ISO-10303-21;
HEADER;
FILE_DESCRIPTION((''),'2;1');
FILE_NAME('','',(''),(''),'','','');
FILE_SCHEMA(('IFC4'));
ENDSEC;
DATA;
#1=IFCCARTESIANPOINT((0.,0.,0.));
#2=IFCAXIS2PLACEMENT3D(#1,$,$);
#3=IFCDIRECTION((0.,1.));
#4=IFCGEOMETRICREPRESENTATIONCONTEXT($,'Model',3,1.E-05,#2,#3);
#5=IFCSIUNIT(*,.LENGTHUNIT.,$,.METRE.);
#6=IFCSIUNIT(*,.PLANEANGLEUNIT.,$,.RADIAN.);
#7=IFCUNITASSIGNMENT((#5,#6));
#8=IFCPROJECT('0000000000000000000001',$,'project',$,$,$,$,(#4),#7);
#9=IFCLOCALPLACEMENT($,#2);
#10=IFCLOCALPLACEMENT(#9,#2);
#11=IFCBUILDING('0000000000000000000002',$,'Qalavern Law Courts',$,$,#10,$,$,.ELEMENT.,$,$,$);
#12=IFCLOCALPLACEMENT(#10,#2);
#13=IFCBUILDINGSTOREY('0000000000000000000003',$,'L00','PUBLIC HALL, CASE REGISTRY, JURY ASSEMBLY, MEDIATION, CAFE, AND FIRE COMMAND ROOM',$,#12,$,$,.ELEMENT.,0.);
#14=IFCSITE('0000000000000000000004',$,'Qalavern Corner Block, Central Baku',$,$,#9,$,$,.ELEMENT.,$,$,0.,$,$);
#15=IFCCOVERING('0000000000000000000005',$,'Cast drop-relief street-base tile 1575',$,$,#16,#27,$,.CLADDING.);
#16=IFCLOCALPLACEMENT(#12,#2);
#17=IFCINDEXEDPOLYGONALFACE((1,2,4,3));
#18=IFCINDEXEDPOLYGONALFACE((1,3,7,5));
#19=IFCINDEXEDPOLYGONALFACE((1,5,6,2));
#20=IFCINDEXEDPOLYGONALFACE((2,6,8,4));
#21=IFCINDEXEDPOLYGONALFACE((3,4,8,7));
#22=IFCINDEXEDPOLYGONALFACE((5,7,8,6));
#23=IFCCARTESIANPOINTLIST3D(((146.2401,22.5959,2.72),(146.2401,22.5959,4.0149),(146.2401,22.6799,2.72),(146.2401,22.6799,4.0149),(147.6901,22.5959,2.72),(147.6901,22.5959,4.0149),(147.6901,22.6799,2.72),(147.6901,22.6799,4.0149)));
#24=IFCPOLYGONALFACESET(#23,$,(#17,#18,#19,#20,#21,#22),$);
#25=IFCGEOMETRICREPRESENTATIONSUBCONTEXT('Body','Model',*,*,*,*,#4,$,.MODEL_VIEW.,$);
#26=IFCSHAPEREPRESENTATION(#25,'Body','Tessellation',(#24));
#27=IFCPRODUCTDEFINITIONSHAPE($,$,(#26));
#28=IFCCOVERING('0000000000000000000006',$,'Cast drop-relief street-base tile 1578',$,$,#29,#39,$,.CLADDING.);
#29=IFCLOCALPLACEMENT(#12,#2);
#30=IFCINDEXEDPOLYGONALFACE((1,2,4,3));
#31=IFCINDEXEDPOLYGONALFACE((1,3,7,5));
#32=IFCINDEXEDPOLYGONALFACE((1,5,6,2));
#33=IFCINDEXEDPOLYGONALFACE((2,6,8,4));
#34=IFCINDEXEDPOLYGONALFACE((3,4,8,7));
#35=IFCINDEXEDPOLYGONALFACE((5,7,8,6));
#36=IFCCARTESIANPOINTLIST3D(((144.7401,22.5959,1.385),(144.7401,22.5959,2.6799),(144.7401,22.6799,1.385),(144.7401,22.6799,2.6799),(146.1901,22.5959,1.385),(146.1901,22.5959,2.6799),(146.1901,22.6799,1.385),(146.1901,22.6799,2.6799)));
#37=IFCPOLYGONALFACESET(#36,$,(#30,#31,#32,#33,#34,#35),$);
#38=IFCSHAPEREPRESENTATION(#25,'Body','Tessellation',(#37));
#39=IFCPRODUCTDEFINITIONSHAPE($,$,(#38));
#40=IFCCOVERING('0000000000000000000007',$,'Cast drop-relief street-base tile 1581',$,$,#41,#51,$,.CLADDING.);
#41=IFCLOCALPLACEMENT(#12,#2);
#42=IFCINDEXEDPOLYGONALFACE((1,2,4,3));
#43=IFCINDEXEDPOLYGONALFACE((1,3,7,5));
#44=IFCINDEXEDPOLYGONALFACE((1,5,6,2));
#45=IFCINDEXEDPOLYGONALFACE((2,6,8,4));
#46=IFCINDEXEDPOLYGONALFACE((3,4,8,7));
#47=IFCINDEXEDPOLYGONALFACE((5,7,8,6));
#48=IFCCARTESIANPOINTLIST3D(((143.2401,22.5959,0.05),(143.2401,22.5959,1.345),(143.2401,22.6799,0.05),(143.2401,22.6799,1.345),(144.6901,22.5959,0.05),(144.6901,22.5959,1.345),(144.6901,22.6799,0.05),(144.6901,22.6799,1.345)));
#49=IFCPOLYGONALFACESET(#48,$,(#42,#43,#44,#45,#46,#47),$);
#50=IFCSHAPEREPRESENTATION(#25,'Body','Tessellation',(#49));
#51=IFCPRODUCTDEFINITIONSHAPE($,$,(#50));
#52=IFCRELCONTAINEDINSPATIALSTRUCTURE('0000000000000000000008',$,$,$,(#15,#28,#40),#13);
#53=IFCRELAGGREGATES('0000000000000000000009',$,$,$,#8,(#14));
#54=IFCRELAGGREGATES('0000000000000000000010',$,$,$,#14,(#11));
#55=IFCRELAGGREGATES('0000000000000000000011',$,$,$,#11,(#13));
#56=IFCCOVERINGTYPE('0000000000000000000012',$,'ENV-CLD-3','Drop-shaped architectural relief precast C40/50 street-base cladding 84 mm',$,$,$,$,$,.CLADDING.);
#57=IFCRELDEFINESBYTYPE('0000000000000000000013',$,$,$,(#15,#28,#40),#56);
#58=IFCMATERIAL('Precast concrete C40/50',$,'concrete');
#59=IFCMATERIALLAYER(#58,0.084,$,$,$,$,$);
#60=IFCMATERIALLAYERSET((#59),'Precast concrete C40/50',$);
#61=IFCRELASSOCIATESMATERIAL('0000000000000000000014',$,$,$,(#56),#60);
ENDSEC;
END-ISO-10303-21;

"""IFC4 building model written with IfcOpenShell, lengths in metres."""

from ifc_helpers import new_model, si_unit, direction, frame, origin, origin_2d, place, context, subcontext, project, spatial, rectangle, extrude, material, layer, layer_set, type_object, element, save


model = new_model("IFC4")

# Units and contexts
model_context = context("Model", 3, precision=1e-05, world=origin(), true_north=direction((0.0, 1.0)))
body_context = subcontext(model_context, "Body", "Model", "MODEL_VIEW")
ifc_project = project(units=[si_unit("LENGTHUNIT", "METRE"), si_unit("PLANEANGLEUNIT", "RADIAN")], contexts=[model_context])

# Site, building, storey
site_placement = place(None, origin())
site = spatial("IfcSite", under=ifc_project, at=site_placement, Name="Qalavern Corner Block, Central Baku", CompositionType="ELEMENT", RefElevation=0.0)
building_placement = place(site_placement, origin())
building = spatial("IfcBuilding", under=site, at=building_placement, Name="Qalavern Law Courts", CompositionType="ELEMENT")
storey_placement = place(building_placement, origin())
storey = spatial("IfcBuildingStorey", under=building, at=storey_placement, Name="L00", Description="PUBLIC HALL, CASE REGISTRY, JURY ASSEMBLY, MEDIATION, CAFE, AND FIRE COMMAND ROOM", CompositionType="ELEMENT", Elevation=0.0)

# Coverings
ifc_material_1 = material(Name="Precast concrete C40/50", Category="concrete")
ifc_layer_1 = layer(ifc_material_1, 0.084)
ifc_layer_set_1 = layer_set([ifc_layer_1], Name="Precast concrete C40/50")
covering_type_1 = type_object("IfcCoveringType", Name="ENV-CLD-3", Description="Drop-shaped architectural relief precast C40/50 street-base cladding 84 mm", PredefinedType="CLADDING", material=ifc_layer_set_1)
for number, where, z_axis, x_axis, name in (
    (1, (146.9651, 22.6379, 2.72), (0.0, 0.0, 1.0), (-1.0, 0.0, 0.0), "Cast drop-relief street-base tile 1575"),
    (2, (145.4651, 22.6379, 1.385), (0.0, 0.0, 1.0), (-1.0, 0.0, 0.0), "Cast drop-relief street-base tile 1578"),
    (3, (143.9651, 22.6379, 0.05), (0.0, 0.0, 1.0), (-1.0, 0.0, 0.0), "Cast drop-relief street-base tile 1581"),
):
    element("IfcCovering", number, at=place(storey_placement, frame(where, z_axis=z_axis, x_axis=x_axis)), inside=storey, type_object=covering_type_1, Name=name, PredefinedType="CLADDING", context=body_context, shape_type="SweptSolid", body=[
        extrude(rectangle(XDim=1.45, YDim=0.084, at=origin_2d()), origin(), (0.0, 0.0, 1.0), 1.2949),
    ])

save(model, "model.ifc")
